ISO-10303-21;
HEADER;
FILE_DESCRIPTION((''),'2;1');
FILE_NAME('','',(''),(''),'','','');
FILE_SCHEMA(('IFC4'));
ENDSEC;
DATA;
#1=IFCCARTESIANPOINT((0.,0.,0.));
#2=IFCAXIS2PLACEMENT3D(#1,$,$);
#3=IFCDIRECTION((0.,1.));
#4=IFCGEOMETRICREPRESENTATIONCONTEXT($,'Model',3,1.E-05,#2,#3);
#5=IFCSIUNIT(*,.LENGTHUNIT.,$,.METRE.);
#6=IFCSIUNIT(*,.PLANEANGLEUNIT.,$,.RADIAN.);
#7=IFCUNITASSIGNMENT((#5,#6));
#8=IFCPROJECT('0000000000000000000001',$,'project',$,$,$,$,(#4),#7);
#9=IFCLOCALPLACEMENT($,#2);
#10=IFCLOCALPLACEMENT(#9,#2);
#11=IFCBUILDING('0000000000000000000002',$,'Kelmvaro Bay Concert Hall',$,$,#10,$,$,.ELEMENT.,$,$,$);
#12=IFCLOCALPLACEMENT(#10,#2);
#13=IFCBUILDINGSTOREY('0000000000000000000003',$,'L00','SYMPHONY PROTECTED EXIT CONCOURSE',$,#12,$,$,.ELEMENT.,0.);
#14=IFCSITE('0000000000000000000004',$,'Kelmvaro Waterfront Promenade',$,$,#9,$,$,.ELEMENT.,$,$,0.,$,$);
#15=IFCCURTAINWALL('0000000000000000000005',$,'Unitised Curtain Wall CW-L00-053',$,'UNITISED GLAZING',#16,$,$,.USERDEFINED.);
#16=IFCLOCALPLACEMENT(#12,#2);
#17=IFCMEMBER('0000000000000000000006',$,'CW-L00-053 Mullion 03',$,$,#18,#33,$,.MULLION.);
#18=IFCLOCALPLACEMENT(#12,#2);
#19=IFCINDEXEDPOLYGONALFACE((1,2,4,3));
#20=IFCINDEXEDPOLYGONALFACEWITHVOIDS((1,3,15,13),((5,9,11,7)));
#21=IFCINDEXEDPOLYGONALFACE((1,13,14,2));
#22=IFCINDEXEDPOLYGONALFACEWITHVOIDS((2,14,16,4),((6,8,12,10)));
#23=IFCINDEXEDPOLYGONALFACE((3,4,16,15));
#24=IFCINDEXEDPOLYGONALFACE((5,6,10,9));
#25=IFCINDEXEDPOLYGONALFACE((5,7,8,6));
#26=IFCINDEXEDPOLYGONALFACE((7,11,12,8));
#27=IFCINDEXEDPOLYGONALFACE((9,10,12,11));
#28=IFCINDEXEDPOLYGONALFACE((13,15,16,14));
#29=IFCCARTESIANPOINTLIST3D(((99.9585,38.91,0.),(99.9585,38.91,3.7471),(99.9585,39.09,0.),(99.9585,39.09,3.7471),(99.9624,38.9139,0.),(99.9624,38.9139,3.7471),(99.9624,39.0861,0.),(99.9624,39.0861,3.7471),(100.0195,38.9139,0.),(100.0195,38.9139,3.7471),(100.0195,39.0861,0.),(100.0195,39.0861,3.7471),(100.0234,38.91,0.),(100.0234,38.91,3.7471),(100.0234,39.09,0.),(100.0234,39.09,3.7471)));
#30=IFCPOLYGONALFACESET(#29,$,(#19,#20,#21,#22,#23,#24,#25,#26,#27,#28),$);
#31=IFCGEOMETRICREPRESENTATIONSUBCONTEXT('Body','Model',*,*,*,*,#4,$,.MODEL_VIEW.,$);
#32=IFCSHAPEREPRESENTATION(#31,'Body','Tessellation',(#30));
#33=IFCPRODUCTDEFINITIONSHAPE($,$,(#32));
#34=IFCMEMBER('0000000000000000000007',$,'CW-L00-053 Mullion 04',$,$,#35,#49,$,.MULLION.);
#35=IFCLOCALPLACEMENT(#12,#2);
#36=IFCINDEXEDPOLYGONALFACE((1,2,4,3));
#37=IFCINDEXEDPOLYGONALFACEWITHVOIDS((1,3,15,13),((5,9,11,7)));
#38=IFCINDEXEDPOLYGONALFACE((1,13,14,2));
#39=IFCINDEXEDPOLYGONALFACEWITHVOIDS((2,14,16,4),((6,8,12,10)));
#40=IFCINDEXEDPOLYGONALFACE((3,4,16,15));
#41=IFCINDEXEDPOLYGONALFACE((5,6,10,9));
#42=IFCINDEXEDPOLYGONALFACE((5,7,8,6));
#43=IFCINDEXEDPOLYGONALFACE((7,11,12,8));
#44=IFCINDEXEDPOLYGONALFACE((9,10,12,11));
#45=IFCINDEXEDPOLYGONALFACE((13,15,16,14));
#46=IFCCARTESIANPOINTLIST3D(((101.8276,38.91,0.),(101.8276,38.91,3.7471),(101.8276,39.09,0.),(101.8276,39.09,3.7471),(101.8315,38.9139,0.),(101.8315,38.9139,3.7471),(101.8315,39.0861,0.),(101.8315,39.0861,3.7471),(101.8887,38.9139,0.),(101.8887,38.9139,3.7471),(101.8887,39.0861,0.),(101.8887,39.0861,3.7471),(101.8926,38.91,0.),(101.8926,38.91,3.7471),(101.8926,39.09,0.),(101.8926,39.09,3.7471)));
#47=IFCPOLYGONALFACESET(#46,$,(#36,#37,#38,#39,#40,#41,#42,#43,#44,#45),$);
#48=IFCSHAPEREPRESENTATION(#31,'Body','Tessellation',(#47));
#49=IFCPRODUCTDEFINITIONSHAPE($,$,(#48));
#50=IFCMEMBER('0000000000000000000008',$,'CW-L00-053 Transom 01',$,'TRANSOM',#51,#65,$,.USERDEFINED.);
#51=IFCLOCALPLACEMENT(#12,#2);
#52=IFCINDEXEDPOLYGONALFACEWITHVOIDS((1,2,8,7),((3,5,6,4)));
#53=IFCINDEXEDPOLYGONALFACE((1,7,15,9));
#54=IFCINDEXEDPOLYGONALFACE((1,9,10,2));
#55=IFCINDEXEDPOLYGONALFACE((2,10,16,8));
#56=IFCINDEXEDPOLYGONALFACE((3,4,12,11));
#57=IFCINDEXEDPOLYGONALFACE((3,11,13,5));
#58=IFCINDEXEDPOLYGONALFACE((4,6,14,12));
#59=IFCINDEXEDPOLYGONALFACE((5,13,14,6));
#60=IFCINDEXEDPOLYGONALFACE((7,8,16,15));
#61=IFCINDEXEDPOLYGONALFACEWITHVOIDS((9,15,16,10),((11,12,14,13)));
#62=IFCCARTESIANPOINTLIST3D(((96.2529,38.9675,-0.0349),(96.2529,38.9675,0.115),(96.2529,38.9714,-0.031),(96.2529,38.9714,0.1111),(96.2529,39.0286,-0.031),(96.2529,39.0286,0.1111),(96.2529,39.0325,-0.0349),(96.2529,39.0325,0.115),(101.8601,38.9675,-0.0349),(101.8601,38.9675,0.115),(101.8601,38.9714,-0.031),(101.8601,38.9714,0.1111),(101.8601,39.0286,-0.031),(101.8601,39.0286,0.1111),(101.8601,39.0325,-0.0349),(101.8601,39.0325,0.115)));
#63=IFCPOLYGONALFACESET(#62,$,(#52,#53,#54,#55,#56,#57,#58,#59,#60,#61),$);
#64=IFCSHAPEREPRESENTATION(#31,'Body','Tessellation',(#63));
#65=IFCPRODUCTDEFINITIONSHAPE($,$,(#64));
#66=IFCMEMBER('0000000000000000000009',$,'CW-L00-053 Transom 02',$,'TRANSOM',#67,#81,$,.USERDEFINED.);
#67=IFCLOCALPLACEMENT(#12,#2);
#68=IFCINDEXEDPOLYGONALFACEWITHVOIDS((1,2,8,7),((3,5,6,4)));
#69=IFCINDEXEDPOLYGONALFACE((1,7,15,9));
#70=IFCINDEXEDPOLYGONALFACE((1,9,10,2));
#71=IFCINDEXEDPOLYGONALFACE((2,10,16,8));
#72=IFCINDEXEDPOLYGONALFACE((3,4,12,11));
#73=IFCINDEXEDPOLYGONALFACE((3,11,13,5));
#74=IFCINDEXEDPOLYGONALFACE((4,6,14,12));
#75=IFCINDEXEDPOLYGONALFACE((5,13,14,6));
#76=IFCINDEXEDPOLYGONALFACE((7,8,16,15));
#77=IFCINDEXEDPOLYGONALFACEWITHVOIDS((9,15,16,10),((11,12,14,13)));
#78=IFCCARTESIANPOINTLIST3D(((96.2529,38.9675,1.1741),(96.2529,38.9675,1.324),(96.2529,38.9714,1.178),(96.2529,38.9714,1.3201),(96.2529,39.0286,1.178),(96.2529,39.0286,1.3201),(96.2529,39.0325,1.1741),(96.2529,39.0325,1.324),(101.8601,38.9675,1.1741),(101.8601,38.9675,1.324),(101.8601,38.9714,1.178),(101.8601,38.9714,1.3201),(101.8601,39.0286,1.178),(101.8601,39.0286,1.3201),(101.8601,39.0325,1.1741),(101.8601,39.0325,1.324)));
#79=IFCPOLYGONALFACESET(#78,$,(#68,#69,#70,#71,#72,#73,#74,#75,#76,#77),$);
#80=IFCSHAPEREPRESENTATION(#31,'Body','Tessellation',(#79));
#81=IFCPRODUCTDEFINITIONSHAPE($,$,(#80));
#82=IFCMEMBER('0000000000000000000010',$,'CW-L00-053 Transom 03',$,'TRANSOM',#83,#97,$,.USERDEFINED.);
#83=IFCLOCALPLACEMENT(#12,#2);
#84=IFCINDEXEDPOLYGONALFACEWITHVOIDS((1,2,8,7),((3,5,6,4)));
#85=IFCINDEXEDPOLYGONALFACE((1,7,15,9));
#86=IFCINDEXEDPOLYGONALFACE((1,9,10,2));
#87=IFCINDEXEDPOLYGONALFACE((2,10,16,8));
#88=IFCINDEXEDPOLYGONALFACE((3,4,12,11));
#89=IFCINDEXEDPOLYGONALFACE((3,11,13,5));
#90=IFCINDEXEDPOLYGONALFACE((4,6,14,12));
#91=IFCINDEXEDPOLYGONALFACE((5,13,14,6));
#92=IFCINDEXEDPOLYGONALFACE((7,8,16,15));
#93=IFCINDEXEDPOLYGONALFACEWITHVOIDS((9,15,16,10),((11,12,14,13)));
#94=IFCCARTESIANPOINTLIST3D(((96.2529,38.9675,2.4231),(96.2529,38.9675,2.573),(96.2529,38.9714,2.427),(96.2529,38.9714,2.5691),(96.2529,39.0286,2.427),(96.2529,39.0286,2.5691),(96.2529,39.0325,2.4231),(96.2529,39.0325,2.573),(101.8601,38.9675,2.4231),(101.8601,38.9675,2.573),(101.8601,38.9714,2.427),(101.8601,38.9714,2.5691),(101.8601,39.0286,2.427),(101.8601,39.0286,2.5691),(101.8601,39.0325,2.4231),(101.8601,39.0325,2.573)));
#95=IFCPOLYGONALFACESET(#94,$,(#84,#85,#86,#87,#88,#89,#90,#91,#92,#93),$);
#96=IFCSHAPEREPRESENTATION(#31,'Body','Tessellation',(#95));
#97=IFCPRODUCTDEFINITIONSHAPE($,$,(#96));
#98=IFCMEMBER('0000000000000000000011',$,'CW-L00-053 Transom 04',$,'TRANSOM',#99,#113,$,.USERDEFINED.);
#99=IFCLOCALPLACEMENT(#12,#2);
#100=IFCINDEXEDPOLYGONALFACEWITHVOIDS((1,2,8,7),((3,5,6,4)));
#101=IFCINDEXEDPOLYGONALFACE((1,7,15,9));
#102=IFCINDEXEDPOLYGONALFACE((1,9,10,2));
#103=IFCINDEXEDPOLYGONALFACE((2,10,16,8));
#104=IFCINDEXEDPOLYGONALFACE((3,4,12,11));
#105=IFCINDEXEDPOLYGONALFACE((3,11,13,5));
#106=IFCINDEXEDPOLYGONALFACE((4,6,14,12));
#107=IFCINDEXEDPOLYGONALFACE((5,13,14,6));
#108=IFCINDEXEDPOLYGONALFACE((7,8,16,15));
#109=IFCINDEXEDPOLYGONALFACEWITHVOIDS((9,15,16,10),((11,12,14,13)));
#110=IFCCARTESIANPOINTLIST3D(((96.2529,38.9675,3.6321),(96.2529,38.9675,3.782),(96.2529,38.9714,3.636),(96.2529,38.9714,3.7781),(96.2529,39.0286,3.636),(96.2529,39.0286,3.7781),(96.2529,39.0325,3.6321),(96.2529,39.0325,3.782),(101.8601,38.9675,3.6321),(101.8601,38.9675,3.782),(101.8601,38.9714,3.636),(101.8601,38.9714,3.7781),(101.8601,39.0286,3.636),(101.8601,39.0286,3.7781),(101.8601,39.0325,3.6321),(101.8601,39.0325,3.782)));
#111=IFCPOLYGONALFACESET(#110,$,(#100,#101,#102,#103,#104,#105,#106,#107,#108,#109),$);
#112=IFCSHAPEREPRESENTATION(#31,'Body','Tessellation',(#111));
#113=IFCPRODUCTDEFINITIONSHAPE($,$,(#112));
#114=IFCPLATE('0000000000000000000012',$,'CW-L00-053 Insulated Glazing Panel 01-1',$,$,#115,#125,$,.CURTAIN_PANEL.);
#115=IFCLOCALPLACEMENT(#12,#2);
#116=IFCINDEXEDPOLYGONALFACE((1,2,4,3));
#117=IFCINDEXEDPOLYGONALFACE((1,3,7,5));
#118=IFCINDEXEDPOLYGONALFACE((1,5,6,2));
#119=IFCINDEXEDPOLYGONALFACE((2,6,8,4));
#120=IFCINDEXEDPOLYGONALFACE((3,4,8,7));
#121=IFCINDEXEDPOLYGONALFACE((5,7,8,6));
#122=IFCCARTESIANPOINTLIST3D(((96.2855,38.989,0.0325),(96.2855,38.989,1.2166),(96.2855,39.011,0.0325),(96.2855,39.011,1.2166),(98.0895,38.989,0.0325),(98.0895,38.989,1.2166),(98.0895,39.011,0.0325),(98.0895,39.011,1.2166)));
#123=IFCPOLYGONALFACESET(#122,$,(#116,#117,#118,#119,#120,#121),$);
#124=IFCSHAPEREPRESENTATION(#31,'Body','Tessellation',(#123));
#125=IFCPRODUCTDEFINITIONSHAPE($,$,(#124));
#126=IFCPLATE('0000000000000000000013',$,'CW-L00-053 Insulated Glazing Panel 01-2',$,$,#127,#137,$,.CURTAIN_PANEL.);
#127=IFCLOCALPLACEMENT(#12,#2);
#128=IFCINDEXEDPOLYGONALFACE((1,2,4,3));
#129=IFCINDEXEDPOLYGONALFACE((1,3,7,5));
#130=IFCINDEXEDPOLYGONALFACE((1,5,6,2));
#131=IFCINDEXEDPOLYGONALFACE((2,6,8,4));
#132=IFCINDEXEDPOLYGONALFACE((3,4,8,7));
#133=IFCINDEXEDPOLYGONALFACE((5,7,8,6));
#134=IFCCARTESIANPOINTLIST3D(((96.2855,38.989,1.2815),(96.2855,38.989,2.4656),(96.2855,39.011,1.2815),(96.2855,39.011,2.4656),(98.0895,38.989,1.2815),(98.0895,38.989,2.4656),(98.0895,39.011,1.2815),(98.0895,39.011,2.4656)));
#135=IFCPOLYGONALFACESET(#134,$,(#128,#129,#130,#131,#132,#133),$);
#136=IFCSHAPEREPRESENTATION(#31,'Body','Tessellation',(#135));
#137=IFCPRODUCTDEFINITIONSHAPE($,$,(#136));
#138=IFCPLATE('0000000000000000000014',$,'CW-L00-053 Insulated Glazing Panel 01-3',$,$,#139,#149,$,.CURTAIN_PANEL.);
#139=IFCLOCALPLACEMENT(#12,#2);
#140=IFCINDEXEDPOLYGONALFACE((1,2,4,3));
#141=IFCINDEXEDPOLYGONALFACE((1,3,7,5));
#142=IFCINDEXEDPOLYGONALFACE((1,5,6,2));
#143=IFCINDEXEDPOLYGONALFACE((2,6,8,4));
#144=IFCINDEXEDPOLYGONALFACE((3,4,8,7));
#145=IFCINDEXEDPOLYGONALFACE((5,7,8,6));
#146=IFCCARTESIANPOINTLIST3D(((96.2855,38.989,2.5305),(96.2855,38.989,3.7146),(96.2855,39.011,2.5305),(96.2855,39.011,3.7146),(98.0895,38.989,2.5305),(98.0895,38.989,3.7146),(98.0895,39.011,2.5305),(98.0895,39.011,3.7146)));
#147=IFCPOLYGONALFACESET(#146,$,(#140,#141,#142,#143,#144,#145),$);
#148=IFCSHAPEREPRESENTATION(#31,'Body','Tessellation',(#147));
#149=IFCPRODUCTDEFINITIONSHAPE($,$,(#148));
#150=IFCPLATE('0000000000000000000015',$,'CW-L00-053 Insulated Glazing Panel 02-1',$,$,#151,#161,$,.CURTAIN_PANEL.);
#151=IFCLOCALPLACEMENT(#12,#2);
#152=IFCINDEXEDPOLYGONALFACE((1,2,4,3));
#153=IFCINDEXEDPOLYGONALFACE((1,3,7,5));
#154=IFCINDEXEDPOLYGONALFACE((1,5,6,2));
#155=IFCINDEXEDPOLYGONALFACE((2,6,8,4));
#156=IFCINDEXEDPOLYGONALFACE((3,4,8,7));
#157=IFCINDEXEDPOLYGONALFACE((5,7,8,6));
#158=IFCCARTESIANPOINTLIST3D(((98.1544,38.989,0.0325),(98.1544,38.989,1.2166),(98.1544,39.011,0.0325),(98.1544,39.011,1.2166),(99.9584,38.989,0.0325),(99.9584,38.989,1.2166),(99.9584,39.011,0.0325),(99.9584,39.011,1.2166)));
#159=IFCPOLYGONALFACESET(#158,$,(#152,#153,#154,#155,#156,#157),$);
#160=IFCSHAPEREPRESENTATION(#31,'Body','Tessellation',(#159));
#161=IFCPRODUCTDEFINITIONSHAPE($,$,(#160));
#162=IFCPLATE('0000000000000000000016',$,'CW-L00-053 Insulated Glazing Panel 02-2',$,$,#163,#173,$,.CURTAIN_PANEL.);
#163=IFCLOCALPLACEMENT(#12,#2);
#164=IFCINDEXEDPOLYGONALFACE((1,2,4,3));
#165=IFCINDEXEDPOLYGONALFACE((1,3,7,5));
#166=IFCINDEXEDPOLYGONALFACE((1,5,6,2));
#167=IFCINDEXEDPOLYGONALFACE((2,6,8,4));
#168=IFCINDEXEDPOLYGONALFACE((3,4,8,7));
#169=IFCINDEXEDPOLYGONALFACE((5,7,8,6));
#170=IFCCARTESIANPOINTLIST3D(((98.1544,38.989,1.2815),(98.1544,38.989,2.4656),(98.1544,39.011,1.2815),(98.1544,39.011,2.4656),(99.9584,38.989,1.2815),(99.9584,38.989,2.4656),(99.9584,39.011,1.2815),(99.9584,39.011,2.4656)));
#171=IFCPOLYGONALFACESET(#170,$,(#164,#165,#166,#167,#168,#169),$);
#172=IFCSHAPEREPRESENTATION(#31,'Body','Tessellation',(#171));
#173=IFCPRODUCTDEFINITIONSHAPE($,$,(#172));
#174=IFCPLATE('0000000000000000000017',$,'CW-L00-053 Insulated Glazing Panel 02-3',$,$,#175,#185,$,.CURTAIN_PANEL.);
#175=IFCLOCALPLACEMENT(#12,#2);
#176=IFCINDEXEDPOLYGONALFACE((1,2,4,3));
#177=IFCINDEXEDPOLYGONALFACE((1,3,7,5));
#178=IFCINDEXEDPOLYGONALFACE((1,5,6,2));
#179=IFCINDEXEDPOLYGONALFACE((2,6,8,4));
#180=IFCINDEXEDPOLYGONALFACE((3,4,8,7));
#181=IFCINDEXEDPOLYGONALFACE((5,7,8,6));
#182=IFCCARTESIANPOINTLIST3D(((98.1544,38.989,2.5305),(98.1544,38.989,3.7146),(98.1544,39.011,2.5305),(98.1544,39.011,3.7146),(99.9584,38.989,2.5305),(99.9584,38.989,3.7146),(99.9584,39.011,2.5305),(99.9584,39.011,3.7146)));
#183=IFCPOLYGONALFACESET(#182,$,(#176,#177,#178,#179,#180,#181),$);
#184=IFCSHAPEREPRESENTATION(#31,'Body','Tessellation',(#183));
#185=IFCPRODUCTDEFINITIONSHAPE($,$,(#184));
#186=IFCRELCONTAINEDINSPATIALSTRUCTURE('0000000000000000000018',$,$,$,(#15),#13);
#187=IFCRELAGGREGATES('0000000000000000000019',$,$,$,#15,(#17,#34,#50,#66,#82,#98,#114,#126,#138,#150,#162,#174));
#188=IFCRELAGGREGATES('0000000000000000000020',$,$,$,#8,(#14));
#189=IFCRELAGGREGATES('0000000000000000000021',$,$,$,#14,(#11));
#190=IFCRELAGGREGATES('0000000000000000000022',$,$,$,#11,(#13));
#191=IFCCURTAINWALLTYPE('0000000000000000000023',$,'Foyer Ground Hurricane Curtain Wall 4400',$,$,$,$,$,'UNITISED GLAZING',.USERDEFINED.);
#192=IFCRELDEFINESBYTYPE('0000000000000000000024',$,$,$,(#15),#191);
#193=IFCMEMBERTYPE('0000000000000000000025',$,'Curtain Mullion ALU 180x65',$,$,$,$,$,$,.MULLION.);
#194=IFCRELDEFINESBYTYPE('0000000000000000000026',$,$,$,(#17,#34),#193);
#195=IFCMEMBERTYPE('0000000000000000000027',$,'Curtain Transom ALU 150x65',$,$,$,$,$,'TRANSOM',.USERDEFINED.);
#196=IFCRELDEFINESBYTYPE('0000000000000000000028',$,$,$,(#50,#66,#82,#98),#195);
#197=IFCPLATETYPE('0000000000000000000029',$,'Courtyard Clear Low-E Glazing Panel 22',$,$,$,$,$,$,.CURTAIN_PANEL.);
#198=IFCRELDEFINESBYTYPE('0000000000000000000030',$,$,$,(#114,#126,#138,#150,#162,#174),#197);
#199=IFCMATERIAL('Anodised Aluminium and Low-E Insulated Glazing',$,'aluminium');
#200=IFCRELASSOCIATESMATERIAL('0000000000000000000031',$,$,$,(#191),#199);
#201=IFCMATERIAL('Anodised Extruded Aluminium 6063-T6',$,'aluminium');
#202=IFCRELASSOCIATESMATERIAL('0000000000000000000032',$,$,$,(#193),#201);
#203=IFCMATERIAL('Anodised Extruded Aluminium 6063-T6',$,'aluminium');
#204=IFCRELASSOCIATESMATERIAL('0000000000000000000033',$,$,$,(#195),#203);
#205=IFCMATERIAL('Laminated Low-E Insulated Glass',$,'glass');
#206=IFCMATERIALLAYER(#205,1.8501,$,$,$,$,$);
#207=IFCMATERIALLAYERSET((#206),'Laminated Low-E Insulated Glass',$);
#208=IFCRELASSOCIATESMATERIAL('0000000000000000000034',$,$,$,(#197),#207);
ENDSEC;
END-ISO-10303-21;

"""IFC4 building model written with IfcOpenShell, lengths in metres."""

from ifc_helpers import new_model, si_unit, direction, frame, origin, origin_2d, place, context, subcontext, project, spatial, rectangle, hollow_rectangle, extrude, material, layer, layer_set, material_profile, profile_set, type_object, element, aggregate, save


model = new_model("IFC4")

# Units and contexts
model_context = context("Model", 3, precision=1e-05, world=origin(), true_north=direction((0.0, 1.0)))
body_context = subcontext(model_context, "Body", "Model", "MODEL_VIEW")
ifc_project = project(units=[si_unit("LENGTHUNIT", "METRE"), si_unit("PLANEANGLEUNIT", "RADIAN")], contexts=[model_context])

# Site, building, storey
site_placement = place(None, origin())
site = spatial("IfcSite", under=ifc_project, at=site_placement, Name="Kelmvaro Waterfront Promenade", CompositionType="ELEMENT", RefElevation=0.0)
building_placement = place(site_placement, origin())
building = spatial("IfcBuilding", under=site, at=building_placement, Name="Kelmvaro Bay Concert Hall", CompositionType="ELEMENT")
storey_placement = place(building_placement, origin())
storey = spatial("IfcBuildingStorey", under=building, at=storey_placement, Name="L00", Description="SYMPHONY PROTECTED EXIT CONCOURSE", CompositionType="ELEMENT", Elevation=0.0)

# Curtain wall, members, plates
ifc_material_1 = material(Name="Anodised Aluminium and Low-E Insulated Glazing", Category="aluminium")
curtain_wall_type = type_object("IfcCurtainWallType", Name="Foyer Ground Hurricane Curtain Wall 4400", ElementType="UNITISED GLAZING", PredefinedType="USERDEFINED", material=ifc_material_1)
curtain_wall_placement = place(storey_placement, origin())
curtain_wall = element("IfcCurtainWall", 1, at=curtain_wall_placement, inside=storey, type_object=curtain_wall_type, Name="Unitised Curtain Wall CW-L00-053", ObjectType="UNITISED GLAZING", PredefinedType="USERDEFINED")
ifc_material_2 = material(Name="Anodised Extruded Aluminium 6063-T6", Category="aluminium")
ifc_material_profile_1 = material_profile(ifc_material_2, hollow_rectangle(XDim=0.0649, YDim=0.1799, WallThickness=0.0039, at=origin_2d()), Name="ALU-MUL-180X65")
ifc_profile_set_1 = profile_set([ifc_material_profile_1], Name="Anodised Extruded Aluminium 6063-T6")
member_type_1 = type_object("IfcMemberType", Name="Curtain Mullion ALU 180x65", PredefinedType="MULLION", material=ifc_profile_set_1)
member_1_placement = place(storey_placement, frame((99.991, 39.0, 0.0), z_axis=(0.0, 0.0, 1.0), x_axis=(1.0, 0.0, 0.0)))
member_1 = element("IfcMember", 2, at=member_1_placement, type_object=member_type_1, Name="CW-L00-053 Mullion 03", PredefinedType="MULLION", context=body_context, shape_type="SweptSolid", body=[
    extrude(hollow_rectangle(XDim=0.0649, YDim=0.1799, WallThickness=0.0039, at=origin_2d()), origin(), (0.0, 0.0, 1.0), 3.7471),
])
member_2_placement = place(storey_placement, frame((101.8601, 39.0, 0.0), z_axis=(0.0, 0.0, 1.0), x_axis=(1.0, 0.0, 0.0)))
member_2 = element("IfcMember", 3, at=member_2_placement, type_object=member_type_1, Name="CW-L00-053 Mullion 04", PredefinedType="MULLION", context=body_context, shape_type="SweptSolid", body=[
    extrude(hollow_rectangle(XDim=0.0649, YDim=0.1799, WallThickness=0.0039, at=origin_2d()), origin(), (0.0, 0.0, 1.0), 3.7471),
])
ifc_material_3 = material(Name="Anodised Extruded Aluminium 6063-T6", Category="aluminium")
ifc_material_profile_2 = material_profile(ifc_material_3, hollow_rectangle(XDim=0.0649, YDim=0.1499, WallThickness=0.0039, at=origin_2d()), Name="ALU-TRN-150X65")
ifc_profile_set_2 = profile_set([ifc_material_profile_2], Name="Anodised Extruded Aluminium 6063-T6")
member_type_2 = type_object("IfcMemberType", Name="Curtain Transom ALU 150x65", ElementType="TRANSOM", PredefinedType="USERDEFINED", material=ifc_profile_set_2)
member_3_placement = place(storey_placement, frame((96.2529, 39.0, 0.04), z_axis=(1.0, 0.0, 0.0), x_axis=(0.0, 1.0, 0.0)))
member_3 = element("IfcMember", 4, at=member_3_placement, type_object=member_type_2, Name="CW-L00-053 Transom 01", ObjectType="TRANSOM", PredefinedType="USERDEFINED", context=body_context, shape_type="SweptSolid", body=[
    extrude(hollow_rectangle(XDim=0.0649, YDim=0.1499, WallThickness=0.0039, at=origin_2d()), origin(), (0.0, 0.0, 1.0), 5.6072),
])
member_4_placement = place(storey_placement, frame((96.2529, 39.0, 1.249), z_axis=(1.0, 0.0, 0.0), x_axis=(0.0, 1.0, 0.0)))
member_4 = element("IfcMember", 5, at=member_4_placement, type_object=member_type_2, Name="CW-L00-053 Transom 02", ObjectType="TRANSOM", PredefinedType="USERDEFINED", context=body_context, shape_type="SweptSolid", body=[
    extrude(hollow_rectangle(XDim=0.0649, YDim=0.1499, WallThickness=0.0039, at=origin_2d()), origin(), (0.0, 0.0, 1.0), 5.6072),
])
member_5_placement = place(storey_placement, frame((96.2529, 39.0, 2.498), z_axis=(1.0, 0.0, 0.0), x_axis=(0.0, 1.0, 0.0)))
member_5 = element("IfcMember", 6, at=member_5_placement, type_object=member_type_2, Name="CW-L00-053 Transom 03", ObjectType="TRANSOM", PredefinedType="USERDEFINED", context=body_context, shape_type="SweptSolid", body=[
    extrude(hollow_rectangle(XDim=0.0649, YDim=0.1499, WallThickness=0.0039, at=origin_2d()), origin(), (0.0, 0.0, 1.0), 5.6072),
])
member_6_placement = place(storey_placement, frame((96.2529, 39.0, 3.707), z_axis=(1.0, 0.0, 0.0), x_axis=(0.0, 1.0, 0.0)))
member_6 = element("IfcMember", 7, at=member_6_placement, type_object=member_type_2, Name="CW-L00-053 Transom 04", ObjectType="TRANSOM", PredefinedType="USERDEFINED", context=body_context, shape_type="SweptSolid", body=[
    extrude(hollow_rectangle(XDim=0.0649, YDim=0.1499, WallThickness=0.0039, at=origin_2d()), origin(), (0.0, 0.0, 1.0), 5.6072),
])
ifc_material_4 = material(Name="Laminated Low-E Insulated Glass", Category="glass")
ifc_layer_1 = layer(ifc_material_4, 1.8501)
ifc_layer_set_1 = layer_set([ifc_layer_1], Name="Laminated Low-E Insulated Glass")
plate_type = type_object("IfcPlateType", Name="Courtyard Clear Low-E Glazing Panel 22", PredefinedType="CURTAIN_PANEL", material=ifc_layer_set_1)
plate_1_placement = place(storey_placement, frame((97.1875, 39.0, 0.0325), z_axis=(0.0, 0.0, 1.0), x_axis=(1.0, 0.0, 0.0)))
plate_1 = element("IfcPlate", 8, at=plate_1_placement, type_object=plate_type, Name="CW-L00-053 Insulated Glazing Panel 01-1", PredefinedType="CURTAIN_PANEL", context=body_context, shape_type="SweptSolid", body=[
    extrude(rectangle(XDim=1.804, YDim=0.022, at=origin_2d()), origin(), (0.0, 0.0, 1.0), 1.1841),
])
plate_2_placement = place(storey_placement, frame((97.1875, 39.0, 1.2815), z_axis=(0.0, 0.0, 1.0), x_axis=(1.0, 0.0, 0.0)))
plate_2 = element("IfcPlate", 9, at=plate_2_placement, type_object=plate_type, Name="CW-L00-053 Insulated Glazing Panel 01-2", PredefinedType="CURTAIN_PANEL", context=body_context, shape_type="SweptSolid", body=[
    extrude(rectangle(XDim=1.804, YDim=0.022, at=origin_2d()), origin(), (0.0, 0.0, 1.0), 1.1841),
])
plate_3_placement = place(storey_placement, frame((97.1875, 39.0, 2.5305), z_axis=(0.0, 0.0, 1.0), x_axis=(1.0, 0.0, 0.0)))
plate_3 = element("IfcPlate", 10, at=plate_3_placement, type_object=plate_type, Name="CW-L00-053 Insulated Glazing Panel 01-3", PredefinedType="CURTAIN_PANEL", context=body_context, shape_type="SweptSolid", body=[
    extrude(rectangle(XDim=1.804, YDim=0.022, at=origin_2d()), origin(), (0.0, 0.0, 1.0), 1.1841),
])
plate_4_placement = place(storey_placement, frame((99.0564, 39.0, 0.0325), z_axis=(0.0, 0.0, 1.0), x_axis=(1.0, 0.0, 0.0)))
plate_4 = element("IfcPlate", 11, at=plate_4_placement, type_object=plate_type, Name="CW-L00-053 Insulated Glazing Panel 02-1", PredefinedType="CURTAIN_PANEL", context=body_context, shape_type="SweptSolid", body=[
    extrude(rectangle(XDim=1.804, YDim=0.022, at=origin_2d()), origin(), (0.0, 0.0, 1.0), 1.1841),
])
plate_5_placement = place(storey_placement, frame((99.0564, 39.0, 1.2815), z_axis=(0.0, 0.0, 1.0), x_axis=(1.0, 0.0, 0.0)))
plate_5 = element("IfcPlate", 12, at=plate_5_placement, type_object=plate_type, Name="CW-L00-053 Insulated Glazing Panel 02-2", PredefinedType="CURTAIN_PANEL", context=body_context, shape_type="SweptSolid", body=[
    extrude(rectangle(XDim=1.804, YDim=0.022, at=origin_2d()), origin(), (0.0, 0.0, 1.0), 1.1841),
])
plate_6_placement = place(storey_placement, frame((99.0564, 39.0, 2.5305), z_axis=(0.0, 0.0, 1.0), x_axis=(1.0, 0.0, 0.0)))
plate_6 = element("IfcPlate", 13, at=plate_6_placement, type_object=plate_type, Name="CW-L00-053 Insulated Glazing Panel 02-3", PredefinedType="CURTAIN_PANEL", context=body_context, shape_type="SweptSolid", body=[
    extrude(rectangle(XDim=1.804, YDim=0.022, at=origin_2d()), origin(), (0.0, 0.0, 1.0), 1.1841),
])
aggregate(curtain_wall, [member_1, member_2, member_3, member_4, member_5, member_6, plate_1, plate_2, plate_3, plate_4, plate_5, plate_6])

save(model, "model.ifc")
